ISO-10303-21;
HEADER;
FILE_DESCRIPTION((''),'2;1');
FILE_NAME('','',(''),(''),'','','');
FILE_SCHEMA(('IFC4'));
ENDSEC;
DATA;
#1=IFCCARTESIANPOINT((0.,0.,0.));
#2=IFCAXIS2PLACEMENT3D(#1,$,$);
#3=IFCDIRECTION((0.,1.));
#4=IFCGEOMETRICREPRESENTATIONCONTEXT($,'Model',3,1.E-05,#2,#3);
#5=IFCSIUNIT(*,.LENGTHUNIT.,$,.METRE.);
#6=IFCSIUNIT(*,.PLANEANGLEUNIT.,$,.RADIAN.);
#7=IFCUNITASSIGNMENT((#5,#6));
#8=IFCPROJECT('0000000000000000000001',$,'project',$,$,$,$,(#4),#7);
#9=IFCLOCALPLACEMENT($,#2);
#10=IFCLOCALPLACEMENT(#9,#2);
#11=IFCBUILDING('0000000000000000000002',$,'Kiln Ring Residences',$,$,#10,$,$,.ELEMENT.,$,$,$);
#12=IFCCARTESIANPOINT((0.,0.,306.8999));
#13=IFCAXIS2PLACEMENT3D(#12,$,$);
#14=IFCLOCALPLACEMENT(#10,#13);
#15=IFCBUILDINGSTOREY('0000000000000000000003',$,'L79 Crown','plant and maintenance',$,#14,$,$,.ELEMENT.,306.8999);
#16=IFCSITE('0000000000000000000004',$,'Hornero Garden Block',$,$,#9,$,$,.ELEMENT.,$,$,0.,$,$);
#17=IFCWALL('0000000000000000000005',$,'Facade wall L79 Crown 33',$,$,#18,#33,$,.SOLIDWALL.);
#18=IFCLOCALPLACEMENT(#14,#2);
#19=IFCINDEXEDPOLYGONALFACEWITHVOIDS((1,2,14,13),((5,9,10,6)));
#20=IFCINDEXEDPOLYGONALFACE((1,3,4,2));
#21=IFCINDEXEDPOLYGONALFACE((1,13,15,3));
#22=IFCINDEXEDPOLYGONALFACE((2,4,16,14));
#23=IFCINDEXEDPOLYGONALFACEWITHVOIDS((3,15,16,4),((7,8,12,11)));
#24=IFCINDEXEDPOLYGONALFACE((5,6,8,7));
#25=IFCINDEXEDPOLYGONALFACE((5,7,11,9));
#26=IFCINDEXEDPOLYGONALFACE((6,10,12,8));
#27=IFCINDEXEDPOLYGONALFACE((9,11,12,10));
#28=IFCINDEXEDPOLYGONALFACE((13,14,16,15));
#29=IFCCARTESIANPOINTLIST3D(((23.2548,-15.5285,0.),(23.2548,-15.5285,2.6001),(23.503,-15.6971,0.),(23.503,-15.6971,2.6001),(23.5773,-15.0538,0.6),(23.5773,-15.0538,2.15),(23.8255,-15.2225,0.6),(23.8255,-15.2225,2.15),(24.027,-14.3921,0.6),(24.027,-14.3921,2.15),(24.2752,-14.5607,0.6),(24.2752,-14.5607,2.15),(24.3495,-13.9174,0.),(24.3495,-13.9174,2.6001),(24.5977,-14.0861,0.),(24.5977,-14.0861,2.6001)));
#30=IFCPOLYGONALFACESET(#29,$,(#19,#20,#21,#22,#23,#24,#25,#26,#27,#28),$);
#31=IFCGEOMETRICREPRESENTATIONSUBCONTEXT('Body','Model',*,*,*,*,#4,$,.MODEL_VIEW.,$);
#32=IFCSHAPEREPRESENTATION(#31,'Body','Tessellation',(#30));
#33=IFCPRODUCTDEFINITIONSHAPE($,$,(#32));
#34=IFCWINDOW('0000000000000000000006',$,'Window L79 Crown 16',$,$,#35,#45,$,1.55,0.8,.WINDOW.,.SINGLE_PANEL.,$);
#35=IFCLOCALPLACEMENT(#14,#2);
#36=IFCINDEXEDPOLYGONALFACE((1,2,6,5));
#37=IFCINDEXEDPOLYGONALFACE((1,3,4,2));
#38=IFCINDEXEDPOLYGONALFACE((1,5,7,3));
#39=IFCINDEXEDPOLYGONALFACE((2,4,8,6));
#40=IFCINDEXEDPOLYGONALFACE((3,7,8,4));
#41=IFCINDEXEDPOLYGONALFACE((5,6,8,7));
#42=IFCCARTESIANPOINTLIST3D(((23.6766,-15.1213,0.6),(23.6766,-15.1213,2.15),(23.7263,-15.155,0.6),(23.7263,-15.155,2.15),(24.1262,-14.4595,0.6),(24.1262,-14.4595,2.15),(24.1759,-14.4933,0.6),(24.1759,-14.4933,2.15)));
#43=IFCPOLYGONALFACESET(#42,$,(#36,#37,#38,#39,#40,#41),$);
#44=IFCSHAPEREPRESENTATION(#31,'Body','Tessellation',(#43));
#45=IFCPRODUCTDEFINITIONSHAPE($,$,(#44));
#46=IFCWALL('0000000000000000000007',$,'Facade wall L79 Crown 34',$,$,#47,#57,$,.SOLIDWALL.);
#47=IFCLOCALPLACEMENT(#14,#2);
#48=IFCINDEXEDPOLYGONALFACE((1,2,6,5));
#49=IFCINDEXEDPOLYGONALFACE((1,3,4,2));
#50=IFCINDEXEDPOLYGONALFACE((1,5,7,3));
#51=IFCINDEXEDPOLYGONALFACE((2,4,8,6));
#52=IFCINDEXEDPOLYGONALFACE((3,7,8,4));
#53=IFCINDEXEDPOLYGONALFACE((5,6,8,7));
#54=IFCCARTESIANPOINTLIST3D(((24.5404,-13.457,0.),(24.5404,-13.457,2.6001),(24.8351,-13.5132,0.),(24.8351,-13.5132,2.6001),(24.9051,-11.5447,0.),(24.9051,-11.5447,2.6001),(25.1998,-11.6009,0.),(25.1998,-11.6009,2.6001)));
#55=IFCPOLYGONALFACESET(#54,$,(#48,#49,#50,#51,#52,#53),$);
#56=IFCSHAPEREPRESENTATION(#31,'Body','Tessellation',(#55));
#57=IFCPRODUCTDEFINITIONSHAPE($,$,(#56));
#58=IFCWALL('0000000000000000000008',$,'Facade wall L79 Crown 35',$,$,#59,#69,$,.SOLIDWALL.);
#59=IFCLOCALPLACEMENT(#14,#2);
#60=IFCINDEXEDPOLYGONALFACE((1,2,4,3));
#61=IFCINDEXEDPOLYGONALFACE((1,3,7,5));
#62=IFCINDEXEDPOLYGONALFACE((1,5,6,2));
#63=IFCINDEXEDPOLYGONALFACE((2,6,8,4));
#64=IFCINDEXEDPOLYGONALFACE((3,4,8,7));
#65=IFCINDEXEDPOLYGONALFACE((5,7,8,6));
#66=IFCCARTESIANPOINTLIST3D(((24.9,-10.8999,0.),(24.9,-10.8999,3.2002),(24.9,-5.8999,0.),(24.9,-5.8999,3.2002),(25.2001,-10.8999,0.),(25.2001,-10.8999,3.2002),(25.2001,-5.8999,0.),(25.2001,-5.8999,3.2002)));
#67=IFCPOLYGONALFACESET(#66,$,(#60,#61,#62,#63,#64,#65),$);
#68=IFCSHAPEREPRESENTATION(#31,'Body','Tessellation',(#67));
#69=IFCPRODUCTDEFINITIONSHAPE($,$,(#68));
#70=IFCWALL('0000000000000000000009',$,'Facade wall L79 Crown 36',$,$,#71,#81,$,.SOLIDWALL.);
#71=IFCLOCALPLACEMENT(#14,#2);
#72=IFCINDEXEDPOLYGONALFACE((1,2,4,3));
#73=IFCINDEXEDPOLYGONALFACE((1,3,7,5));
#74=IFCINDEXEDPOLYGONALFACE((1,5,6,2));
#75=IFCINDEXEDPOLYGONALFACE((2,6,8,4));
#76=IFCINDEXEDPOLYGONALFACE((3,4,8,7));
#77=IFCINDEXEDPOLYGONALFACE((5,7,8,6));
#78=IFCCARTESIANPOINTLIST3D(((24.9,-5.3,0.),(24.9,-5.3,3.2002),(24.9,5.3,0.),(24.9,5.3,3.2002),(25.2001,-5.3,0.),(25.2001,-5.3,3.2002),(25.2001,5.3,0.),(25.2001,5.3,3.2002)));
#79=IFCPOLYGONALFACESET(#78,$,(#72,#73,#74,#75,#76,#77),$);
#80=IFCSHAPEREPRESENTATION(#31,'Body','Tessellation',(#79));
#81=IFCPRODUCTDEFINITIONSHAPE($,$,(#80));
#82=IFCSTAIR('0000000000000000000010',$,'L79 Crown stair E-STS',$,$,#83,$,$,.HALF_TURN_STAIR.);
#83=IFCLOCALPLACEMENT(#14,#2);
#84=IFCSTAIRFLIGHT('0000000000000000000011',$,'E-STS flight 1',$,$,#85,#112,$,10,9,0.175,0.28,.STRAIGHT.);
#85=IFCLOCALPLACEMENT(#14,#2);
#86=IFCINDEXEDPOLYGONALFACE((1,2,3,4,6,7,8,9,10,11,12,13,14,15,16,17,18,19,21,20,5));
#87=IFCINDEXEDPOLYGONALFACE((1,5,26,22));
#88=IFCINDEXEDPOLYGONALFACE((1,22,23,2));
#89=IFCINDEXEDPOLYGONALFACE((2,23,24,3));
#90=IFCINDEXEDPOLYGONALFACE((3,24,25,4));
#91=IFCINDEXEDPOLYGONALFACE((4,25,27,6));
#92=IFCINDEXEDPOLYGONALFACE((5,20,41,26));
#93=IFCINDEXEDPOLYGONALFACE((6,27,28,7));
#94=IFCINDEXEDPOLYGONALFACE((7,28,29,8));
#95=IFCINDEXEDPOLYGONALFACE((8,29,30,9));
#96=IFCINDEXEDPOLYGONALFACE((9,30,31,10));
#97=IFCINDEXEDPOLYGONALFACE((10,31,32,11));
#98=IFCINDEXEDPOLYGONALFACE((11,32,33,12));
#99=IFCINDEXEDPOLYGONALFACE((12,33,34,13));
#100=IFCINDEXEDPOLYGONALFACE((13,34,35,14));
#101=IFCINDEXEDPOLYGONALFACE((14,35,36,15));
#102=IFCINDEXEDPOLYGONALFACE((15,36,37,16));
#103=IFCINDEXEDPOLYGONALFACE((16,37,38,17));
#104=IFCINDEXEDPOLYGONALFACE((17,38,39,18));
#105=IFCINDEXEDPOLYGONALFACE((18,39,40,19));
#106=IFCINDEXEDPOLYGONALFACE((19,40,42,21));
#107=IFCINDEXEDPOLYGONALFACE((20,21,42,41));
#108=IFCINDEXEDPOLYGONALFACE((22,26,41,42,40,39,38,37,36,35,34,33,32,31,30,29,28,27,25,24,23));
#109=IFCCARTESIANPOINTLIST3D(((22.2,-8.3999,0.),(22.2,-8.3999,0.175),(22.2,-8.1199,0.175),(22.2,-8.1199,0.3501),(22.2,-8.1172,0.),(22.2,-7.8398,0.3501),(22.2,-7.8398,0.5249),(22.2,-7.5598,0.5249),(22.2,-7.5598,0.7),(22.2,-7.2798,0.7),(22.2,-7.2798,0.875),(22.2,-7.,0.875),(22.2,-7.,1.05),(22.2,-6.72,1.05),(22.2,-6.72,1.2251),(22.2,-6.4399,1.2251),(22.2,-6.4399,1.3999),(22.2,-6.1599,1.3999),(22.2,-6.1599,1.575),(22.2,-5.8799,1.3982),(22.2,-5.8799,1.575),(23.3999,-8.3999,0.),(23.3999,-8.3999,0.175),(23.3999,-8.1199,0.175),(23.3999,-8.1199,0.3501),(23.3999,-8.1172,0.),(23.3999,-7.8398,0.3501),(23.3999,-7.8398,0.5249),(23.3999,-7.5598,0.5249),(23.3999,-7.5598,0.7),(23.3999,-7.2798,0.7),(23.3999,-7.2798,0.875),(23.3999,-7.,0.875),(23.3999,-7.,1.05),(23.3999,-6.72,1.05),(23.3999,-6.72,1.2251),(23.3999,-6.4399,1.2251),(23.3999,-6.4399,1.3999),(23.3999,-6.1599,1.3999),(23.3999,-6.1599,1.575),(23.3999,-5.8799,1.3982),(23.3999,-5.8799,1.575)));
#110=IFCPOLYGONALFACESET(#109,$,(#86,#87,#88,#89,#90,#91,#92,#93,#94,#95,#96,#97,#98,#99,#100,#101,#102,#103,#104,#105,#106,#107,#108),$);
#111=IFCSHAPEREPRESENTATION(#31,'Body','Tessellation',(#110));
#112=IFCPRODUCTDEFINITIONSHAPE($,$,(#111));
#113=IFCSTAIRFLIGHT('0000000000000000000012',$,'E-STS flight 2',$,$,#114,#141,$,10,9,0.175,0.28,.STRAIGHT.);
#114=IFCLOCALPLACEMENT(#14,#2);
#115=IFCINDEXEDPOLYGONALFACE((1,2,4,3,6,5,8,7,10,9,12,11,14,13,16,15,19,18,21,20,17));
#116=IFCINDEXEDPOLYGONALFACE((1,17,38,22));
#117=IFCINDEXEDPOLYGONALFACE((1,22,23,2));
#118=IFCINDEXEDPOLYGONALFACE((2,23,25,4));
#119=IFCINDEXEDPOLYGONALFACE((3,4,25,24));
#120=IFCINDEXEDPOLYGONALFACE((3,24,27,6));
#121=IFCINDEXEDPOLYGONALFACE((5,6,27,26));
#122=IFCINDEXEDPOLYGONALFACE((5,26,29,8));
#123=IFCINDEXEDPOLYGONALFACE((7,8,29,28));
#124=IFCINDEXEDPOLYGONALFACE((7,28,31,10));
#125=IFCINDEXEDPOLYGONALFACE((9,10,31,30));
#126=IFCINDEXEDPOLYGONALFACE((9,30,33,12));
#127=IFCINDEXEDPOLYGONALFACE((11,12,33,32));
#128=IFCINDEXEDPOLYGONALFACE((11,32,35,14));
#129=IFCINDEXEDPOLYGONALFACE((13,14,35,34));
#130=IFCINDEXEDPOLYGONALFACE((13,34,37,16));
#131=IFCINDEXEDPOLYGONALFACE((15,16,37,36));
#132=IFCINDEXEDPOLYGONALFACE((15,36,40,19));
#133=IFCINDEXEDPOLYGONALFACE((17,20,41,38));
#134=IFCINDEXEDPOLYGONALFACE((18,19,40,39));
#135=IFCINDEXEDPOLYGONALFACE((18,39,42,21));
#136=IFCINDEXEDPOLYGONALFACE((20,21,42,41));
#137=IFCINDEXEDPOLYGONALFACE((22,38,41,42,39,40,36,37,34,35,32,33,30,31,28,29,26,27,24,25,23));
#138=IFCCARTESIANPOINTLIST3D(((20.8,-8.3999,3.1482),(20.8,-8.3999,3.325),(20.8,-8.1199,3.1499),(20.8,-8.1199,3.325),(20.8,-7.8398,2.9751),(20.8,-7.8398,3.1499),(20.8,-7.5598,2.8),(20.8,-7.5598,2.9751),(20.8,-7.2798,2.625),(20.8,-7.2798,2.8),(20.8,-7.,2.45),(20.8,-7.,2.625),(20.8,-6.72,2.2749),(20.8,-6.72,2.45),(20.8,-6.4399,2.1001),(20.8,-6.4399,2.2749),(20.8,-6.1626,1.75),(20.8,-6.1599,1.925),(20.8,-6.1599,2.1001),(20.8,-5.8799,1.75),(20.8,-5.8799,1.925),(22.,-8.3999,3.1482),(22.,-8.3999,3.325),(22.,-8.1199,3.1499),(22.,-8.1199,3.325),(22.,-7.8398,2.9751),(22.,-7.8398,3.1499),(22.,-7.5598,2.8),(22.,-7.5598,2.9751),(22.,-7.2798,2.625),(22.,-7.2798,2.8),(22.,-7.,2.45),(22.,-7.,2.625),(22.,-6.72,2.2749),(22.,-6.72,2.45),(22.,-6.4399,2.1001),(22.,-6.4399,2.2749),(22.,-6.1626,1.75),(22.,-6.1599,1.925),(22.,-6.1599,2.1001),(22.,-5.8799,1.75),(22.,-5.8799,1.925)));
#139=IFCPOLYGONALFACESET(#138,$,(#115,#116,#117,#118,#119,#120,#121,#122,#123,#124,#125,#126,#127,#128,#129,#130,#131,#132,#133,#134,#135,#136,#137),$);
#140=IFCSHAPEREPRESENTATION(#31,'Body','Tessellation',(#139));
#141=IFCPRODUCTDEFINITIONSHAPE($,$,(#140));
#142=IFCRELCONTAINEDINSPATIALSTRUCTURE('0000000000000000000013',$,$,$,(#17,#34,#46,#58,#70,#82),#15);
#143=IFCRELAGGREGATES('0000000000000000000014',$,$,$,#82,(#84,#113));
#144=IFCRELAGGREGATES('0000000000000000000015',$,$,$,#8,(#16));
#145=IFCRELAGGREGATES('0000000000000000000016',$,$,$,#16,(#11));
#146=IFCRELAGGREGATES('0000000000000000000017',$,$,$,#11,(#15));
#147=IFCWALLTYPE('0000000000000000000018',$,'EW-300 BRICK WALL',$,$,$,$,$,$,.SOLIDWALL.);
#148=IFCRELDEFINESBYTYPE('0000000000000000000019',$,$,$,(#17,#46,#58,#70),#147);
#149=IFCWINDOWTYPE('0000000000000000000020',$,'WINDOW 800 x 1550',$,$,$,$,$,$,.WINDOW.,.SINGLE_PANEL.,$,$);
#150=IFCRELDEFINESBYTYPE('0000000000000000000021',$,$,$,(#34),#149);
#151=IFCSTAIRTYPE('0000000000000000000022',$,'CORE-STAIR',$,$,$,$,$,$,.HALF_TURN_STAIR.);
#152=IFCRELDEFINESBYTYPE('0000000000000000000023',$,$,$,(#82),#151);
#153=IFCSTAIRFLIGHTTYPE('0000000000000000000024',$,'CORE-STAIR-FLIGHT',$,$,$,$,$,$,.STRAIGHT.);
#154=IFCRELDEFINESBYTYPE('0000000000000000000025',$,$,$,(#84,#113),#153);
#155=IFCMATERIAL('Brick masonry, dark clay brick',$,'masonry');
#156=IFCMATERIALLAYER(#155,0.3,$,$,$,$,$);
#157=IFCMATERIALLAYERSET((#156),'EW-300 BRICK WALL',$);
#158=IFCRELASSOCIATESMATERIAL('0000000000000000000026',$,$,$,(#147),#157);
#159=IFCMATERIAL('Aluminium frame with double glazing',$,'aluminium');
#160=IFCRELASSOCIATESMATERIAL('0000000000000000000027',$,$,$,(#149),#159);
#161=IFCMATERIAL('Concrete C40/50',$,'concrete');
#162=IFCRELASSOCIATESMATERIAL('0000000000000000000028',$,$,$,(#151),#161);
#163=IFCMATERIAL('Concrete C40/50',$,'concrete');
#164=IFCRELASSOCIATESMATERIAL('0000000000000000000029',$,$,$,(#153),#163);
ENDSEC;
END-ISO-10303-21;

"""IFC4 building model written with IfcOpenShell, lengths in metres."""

from ifc_helpers import new_model, si_unit, direction, frame, frame_2d, origin, place, context, subcontext, project, spatial, polyline, rectangle, outline, extrude, material, layer, layer_set, type_object, element, fill, aggregate, save


model = new_model("IFC4")

# Units and contexts
model_context = context("Model", 3, precision=1e-05, world=origin(), true_north=direction((0.0, 1.0)))
body_context = subcontext(model_context, "Body", "Model", "MODEL_VIEW")
ifc_project = project(units=[si_unit("LENGTHUNIT", "METRE"), si_unit("PLANEANGLEUNIT", "RADIAN")], contexts=[model_context])

# Site, building, storey
site_placement = place(None, origin())
site = spatial("IfcSite", under=ifc_project, at=site_placement, Name="Hornero Garden Block", CompositionType="ELEMENT", RefElevation=0.0)
building_placement = place(site_placement, origin())
building = spatial("IfcBuilding", under=site, at=building_placement, Name="Kiln Ring Residences", CompositionType="ELEMENT")
storey_placement = place(building_placement, frame((0.0, 0.0, 306.8999)))
storey = spatial("IfcBuildingStorey", under=building, at=storey_placement, Name="L79 Crown", Description="plant and maintenance", CompositionType="ELEMENT", Elevation=306.8999)

# Shared definitions
ifc_material_1 = material(Name="Brick masonry, dark clay brick", Category="masonry")
ifc_layer_1 = layer(ifc_material_1, 0.3)
ifc_layer_set_1 = layer_set([ifc_layer_1], Name="EW-300 BRICK WALL")
wall_type_1 = type_object("IfcWallType", Name="EW-300 BRICK WALL", PredefinedType="SOLIDWALL", material=ifc_layer_set_1)

# Wall, opening, window
wall_1_placement = place(storey_placement, frame((23.3789, -15.6128, 0.0), z_axis=(0.0, 0.0, 1.0), x_axis=(0.562025, 0.82712, 0.0)))
wall_1 = element("IfcWall", 1, at=wall_1_placement, inside=storey, type_object=wall_type_1, Name="Facade wall L79 Crown 33", PredefinedType="SOLIDWALL", context=body_context, shape_type="SweptSolid", body=[
    extrude(rectangle(XDim=1.9478, YDim=0.3, at=frame_2d((0.9739, 0.0))), origin(), (0.0, 0.0, 1.0), 2.6001),
])
opening_placement = place(wall_1_placement, frame((0.574, 0.0, 0.6001)))
opening = element("IfcOpeningElement", 2, at=opening_placement, cuts=wall_1, PredefinedType="OPENING", context=body_context, shape_type="SweptSolid", body=[
    extrude(rectangle(XDim=0.8, YDim=1.55, at=frame_2d((0.3999, 0.7749))), frame((0.0, 0.1599, 0.0), z_axis=(0.0, -1.0, 0.0), x_axis=(1.0, 0.0, 0.0)), (0.0, 0.0, 1.0), 0.3201),
])
ifc_material_2 = material(Name="Aluminium frame with double glazing", Category="aluminium")
window_type = type_object("IfcWindowType", Name="WINDOW 800 x 1550", PartitioningType="SINGLE_PANEL", PredefinedType="WINDOW", material=ifc_material_2)
window_placement = place(opening_placement, origin())
window = element("IfcWindow", 3, at=window_placement, inside=storey, type_object=window_type, Name="Window L79 Crown 16", OverallHeight=1.55, OverallWidth=0.8, PartitioningType="SINGLE_PANEL", PredefinedType="WINDOW", context=body_context, shape_type="SweptSolid", body=[
    extrude(rectangle(XDim=0.8, YDim=1.55, at=frame_2d((0.3999, 0.7749))), frame((0.0, 0.03, 0.0), z_axis=(0.0, -1.0, 0.0), x_axis=(1.0, 0.0, 0.0)), (0.0, 0.0, 1.0), 0.0601),
])
fill(opening, window)

# Walls
wall_2_placement = place(storey_placement, frame((24.6877, -13.4851, 0.0), z_axis=(0.0, 0.0, 1.0), x_axis=(0.187354, 0.982292, 0.0)))
element("IfcWall", 4, at=wall_2_placement, inside=storey, type_object=wall_type_1, Name="Facade wall L79 Crown 34", PredefinedType="SOLIDWALL", context=body_context, shape_type="SweptSolid", body=[
    extrude(rectangle(XDim=1.9468, YDim=0.3, at=frame_2d((0.9734, 0.0))), origin(), (0.0, 0.0, 1.0), 2.6001),
])
wall_3_placement = place(storey_placement, frame((25.05, -10.8999, 0.0), z_axis=(0.0, 0.0, 1.0), x_axis=(0.0, 1.0, 0.0)))
element("IfcWall", 5, at=wall_3_placement, inside=storey, type_object=wall_type_1, Name="Facade wall L79 Crown 35", PredefinedType="SOLIDWALL", context=body_context, shape_type="SweptSolid", body=[
    extrude(rectangle(XDim=5.0, YDim=0.3, at=frame_2d((2.5, 0.0))), origin(), (0.0, 0.0, 1.0), 3.2002),
])
wall_4_placement = place(storey_placement, frame((25.05, -5.3, 0.0), z_axis=(0.0, 0.0, 1.0), x_axis=(0.0, 1.0, 0.0)))
element("IfcWall", 6, at=wall_4_placement, inside=storey, type_object=wall_type_1, Name="Facade wall L79 Crown 36", PredefinedType="SOLIDWALL", context=body_context, shape_type="SweptSolid", body=[
    extrude(rectangle(XDim=10.6001, YDim=0.3, at=frame_2d((5.3, 0.0))), origin(), (0.0, 0.0, 1.0), 3.2002),
])

# Stair, stair flights
ifc_material_3 = material(Name="Concrete C40/50", Category="concrete")
stair_type = type_object("IfcStairType", Name="CORE-STAIR", PredefinedType="HALF_TURN_STAIR", material=ifc_material_3)
stair_placement = place(storey_placement, origin())
stair = element("IfcStair", 7, at=stair_placement, inside=storey, type_object=stair_type, Name="L79 Crown stair E-STS", PredefinedType="HALF_TURN_STAIR")
ifc_material_4 = material(Name="Concrete C40/50", Category="concrete")
stair_flight_type = type_object("IfcStairFlightType", Name="CORE-STAIR-FLIGHT", PredefinedType="STRAIGHT", material=ifc_material_4)
stair_flight_1_placement = place(storey_placement, frame((22.8, -8.3999, 0.0), z_axis=(0.0, 0.0, 1.0), x_axis=(0.0, 1.0, 0.0)))
stair_flight_1 = element("IfcStairFlight", 8, at=stair_flight_1_placement, type_object=stair_flight_type, Name="E-STS flight 1", NumberOfRisers=10, NumberOfTreads=9, PredefinedType="STRAIGHT", RiserHeight=0.175, TreadLength=0.28, context=body_context, shape_type="SweptSolid", body=[
    extrude(outline(polyline([(0.0, 0.0), (0.0, 0.175), (0.28, 0.175), (0.28, 0.3501), (0.5601, 0.3501), (0.5601, 0.5249), (0.8401, 0.5249), (0.8401, 0.7), (1.1201, 0.7), (1.1201, 0.875), (1.3999, 0.875), (1.3999, 1.05), (1.6799, 1.05), (1.6799, 1.2251), (1.96, 1.2251), (1.96, 1.3999), (2.24, 1.3999), (2.24, 1.575), (2.52, 1.575), (2.52, 1.75), (2.52, 1.3982), (0.2827, 0.0), (0.0, 0.0)])), frame((0.0, 0.6001, 0.0), z_axis=(0.0, -1.0, 0.0), x_axis=(1.0, 0.0, 0.0)), (0.0, 0.0, 1.0), 1.2),
])
stair_flight_2_placement = place(storey_placement, frame((21.3999, -5.8799, 1.75), z_axis=(0.0, 0.0, 1.0), x_axis=(0.0, -1.0, 0.0)))
stair_flight_2 = element("IfcStairFlight", 9, at=stair_flight_2_placement, type_object=stair_flight_type, Name="E-STS flight 2", NumberOfRisers=10, NumberOfTreads=9, PredefinedType="STRAIGHT", RiserHeight=0.175, TreadLength=0.28, context=body_context, shape_type="SweptSolid", body=[
    extrude(outline(polyline([(0.0, 0.0), (0.0, 0.175), (0.28, 0.175), (0.28, 0.3501), (0.5601, 0.3501), (0.5601, 0.5249), (0.8401, 0.5249), (0.8401, 0.7), (1.1201, 0.7), (1.1201, 0.875), (1.3999, 0.875), (1.3999, 1.05), (1.6799, 1.05), (1.6799, 1.2251), (1.96, 1.2251), (1.96, 1.3999), (2.24, 1.3999), (2.24, 1.575), (2.52, 1.575), (2.52, 1.75), (2.52, 1.3982), (0.2827, 0.0), (0.0, 0.0)])), frame((0.0, 0.6001, 0.0), z_axis=(0.0, -1.0, 0.0), x_axis=(1.0, 0.0, 0.0)), (0.0, 0.0, 1.0), 1.2),
])
aggregate(stair, [stair_flight_1, stair_flight_2])

save(model, "model.ifc")
